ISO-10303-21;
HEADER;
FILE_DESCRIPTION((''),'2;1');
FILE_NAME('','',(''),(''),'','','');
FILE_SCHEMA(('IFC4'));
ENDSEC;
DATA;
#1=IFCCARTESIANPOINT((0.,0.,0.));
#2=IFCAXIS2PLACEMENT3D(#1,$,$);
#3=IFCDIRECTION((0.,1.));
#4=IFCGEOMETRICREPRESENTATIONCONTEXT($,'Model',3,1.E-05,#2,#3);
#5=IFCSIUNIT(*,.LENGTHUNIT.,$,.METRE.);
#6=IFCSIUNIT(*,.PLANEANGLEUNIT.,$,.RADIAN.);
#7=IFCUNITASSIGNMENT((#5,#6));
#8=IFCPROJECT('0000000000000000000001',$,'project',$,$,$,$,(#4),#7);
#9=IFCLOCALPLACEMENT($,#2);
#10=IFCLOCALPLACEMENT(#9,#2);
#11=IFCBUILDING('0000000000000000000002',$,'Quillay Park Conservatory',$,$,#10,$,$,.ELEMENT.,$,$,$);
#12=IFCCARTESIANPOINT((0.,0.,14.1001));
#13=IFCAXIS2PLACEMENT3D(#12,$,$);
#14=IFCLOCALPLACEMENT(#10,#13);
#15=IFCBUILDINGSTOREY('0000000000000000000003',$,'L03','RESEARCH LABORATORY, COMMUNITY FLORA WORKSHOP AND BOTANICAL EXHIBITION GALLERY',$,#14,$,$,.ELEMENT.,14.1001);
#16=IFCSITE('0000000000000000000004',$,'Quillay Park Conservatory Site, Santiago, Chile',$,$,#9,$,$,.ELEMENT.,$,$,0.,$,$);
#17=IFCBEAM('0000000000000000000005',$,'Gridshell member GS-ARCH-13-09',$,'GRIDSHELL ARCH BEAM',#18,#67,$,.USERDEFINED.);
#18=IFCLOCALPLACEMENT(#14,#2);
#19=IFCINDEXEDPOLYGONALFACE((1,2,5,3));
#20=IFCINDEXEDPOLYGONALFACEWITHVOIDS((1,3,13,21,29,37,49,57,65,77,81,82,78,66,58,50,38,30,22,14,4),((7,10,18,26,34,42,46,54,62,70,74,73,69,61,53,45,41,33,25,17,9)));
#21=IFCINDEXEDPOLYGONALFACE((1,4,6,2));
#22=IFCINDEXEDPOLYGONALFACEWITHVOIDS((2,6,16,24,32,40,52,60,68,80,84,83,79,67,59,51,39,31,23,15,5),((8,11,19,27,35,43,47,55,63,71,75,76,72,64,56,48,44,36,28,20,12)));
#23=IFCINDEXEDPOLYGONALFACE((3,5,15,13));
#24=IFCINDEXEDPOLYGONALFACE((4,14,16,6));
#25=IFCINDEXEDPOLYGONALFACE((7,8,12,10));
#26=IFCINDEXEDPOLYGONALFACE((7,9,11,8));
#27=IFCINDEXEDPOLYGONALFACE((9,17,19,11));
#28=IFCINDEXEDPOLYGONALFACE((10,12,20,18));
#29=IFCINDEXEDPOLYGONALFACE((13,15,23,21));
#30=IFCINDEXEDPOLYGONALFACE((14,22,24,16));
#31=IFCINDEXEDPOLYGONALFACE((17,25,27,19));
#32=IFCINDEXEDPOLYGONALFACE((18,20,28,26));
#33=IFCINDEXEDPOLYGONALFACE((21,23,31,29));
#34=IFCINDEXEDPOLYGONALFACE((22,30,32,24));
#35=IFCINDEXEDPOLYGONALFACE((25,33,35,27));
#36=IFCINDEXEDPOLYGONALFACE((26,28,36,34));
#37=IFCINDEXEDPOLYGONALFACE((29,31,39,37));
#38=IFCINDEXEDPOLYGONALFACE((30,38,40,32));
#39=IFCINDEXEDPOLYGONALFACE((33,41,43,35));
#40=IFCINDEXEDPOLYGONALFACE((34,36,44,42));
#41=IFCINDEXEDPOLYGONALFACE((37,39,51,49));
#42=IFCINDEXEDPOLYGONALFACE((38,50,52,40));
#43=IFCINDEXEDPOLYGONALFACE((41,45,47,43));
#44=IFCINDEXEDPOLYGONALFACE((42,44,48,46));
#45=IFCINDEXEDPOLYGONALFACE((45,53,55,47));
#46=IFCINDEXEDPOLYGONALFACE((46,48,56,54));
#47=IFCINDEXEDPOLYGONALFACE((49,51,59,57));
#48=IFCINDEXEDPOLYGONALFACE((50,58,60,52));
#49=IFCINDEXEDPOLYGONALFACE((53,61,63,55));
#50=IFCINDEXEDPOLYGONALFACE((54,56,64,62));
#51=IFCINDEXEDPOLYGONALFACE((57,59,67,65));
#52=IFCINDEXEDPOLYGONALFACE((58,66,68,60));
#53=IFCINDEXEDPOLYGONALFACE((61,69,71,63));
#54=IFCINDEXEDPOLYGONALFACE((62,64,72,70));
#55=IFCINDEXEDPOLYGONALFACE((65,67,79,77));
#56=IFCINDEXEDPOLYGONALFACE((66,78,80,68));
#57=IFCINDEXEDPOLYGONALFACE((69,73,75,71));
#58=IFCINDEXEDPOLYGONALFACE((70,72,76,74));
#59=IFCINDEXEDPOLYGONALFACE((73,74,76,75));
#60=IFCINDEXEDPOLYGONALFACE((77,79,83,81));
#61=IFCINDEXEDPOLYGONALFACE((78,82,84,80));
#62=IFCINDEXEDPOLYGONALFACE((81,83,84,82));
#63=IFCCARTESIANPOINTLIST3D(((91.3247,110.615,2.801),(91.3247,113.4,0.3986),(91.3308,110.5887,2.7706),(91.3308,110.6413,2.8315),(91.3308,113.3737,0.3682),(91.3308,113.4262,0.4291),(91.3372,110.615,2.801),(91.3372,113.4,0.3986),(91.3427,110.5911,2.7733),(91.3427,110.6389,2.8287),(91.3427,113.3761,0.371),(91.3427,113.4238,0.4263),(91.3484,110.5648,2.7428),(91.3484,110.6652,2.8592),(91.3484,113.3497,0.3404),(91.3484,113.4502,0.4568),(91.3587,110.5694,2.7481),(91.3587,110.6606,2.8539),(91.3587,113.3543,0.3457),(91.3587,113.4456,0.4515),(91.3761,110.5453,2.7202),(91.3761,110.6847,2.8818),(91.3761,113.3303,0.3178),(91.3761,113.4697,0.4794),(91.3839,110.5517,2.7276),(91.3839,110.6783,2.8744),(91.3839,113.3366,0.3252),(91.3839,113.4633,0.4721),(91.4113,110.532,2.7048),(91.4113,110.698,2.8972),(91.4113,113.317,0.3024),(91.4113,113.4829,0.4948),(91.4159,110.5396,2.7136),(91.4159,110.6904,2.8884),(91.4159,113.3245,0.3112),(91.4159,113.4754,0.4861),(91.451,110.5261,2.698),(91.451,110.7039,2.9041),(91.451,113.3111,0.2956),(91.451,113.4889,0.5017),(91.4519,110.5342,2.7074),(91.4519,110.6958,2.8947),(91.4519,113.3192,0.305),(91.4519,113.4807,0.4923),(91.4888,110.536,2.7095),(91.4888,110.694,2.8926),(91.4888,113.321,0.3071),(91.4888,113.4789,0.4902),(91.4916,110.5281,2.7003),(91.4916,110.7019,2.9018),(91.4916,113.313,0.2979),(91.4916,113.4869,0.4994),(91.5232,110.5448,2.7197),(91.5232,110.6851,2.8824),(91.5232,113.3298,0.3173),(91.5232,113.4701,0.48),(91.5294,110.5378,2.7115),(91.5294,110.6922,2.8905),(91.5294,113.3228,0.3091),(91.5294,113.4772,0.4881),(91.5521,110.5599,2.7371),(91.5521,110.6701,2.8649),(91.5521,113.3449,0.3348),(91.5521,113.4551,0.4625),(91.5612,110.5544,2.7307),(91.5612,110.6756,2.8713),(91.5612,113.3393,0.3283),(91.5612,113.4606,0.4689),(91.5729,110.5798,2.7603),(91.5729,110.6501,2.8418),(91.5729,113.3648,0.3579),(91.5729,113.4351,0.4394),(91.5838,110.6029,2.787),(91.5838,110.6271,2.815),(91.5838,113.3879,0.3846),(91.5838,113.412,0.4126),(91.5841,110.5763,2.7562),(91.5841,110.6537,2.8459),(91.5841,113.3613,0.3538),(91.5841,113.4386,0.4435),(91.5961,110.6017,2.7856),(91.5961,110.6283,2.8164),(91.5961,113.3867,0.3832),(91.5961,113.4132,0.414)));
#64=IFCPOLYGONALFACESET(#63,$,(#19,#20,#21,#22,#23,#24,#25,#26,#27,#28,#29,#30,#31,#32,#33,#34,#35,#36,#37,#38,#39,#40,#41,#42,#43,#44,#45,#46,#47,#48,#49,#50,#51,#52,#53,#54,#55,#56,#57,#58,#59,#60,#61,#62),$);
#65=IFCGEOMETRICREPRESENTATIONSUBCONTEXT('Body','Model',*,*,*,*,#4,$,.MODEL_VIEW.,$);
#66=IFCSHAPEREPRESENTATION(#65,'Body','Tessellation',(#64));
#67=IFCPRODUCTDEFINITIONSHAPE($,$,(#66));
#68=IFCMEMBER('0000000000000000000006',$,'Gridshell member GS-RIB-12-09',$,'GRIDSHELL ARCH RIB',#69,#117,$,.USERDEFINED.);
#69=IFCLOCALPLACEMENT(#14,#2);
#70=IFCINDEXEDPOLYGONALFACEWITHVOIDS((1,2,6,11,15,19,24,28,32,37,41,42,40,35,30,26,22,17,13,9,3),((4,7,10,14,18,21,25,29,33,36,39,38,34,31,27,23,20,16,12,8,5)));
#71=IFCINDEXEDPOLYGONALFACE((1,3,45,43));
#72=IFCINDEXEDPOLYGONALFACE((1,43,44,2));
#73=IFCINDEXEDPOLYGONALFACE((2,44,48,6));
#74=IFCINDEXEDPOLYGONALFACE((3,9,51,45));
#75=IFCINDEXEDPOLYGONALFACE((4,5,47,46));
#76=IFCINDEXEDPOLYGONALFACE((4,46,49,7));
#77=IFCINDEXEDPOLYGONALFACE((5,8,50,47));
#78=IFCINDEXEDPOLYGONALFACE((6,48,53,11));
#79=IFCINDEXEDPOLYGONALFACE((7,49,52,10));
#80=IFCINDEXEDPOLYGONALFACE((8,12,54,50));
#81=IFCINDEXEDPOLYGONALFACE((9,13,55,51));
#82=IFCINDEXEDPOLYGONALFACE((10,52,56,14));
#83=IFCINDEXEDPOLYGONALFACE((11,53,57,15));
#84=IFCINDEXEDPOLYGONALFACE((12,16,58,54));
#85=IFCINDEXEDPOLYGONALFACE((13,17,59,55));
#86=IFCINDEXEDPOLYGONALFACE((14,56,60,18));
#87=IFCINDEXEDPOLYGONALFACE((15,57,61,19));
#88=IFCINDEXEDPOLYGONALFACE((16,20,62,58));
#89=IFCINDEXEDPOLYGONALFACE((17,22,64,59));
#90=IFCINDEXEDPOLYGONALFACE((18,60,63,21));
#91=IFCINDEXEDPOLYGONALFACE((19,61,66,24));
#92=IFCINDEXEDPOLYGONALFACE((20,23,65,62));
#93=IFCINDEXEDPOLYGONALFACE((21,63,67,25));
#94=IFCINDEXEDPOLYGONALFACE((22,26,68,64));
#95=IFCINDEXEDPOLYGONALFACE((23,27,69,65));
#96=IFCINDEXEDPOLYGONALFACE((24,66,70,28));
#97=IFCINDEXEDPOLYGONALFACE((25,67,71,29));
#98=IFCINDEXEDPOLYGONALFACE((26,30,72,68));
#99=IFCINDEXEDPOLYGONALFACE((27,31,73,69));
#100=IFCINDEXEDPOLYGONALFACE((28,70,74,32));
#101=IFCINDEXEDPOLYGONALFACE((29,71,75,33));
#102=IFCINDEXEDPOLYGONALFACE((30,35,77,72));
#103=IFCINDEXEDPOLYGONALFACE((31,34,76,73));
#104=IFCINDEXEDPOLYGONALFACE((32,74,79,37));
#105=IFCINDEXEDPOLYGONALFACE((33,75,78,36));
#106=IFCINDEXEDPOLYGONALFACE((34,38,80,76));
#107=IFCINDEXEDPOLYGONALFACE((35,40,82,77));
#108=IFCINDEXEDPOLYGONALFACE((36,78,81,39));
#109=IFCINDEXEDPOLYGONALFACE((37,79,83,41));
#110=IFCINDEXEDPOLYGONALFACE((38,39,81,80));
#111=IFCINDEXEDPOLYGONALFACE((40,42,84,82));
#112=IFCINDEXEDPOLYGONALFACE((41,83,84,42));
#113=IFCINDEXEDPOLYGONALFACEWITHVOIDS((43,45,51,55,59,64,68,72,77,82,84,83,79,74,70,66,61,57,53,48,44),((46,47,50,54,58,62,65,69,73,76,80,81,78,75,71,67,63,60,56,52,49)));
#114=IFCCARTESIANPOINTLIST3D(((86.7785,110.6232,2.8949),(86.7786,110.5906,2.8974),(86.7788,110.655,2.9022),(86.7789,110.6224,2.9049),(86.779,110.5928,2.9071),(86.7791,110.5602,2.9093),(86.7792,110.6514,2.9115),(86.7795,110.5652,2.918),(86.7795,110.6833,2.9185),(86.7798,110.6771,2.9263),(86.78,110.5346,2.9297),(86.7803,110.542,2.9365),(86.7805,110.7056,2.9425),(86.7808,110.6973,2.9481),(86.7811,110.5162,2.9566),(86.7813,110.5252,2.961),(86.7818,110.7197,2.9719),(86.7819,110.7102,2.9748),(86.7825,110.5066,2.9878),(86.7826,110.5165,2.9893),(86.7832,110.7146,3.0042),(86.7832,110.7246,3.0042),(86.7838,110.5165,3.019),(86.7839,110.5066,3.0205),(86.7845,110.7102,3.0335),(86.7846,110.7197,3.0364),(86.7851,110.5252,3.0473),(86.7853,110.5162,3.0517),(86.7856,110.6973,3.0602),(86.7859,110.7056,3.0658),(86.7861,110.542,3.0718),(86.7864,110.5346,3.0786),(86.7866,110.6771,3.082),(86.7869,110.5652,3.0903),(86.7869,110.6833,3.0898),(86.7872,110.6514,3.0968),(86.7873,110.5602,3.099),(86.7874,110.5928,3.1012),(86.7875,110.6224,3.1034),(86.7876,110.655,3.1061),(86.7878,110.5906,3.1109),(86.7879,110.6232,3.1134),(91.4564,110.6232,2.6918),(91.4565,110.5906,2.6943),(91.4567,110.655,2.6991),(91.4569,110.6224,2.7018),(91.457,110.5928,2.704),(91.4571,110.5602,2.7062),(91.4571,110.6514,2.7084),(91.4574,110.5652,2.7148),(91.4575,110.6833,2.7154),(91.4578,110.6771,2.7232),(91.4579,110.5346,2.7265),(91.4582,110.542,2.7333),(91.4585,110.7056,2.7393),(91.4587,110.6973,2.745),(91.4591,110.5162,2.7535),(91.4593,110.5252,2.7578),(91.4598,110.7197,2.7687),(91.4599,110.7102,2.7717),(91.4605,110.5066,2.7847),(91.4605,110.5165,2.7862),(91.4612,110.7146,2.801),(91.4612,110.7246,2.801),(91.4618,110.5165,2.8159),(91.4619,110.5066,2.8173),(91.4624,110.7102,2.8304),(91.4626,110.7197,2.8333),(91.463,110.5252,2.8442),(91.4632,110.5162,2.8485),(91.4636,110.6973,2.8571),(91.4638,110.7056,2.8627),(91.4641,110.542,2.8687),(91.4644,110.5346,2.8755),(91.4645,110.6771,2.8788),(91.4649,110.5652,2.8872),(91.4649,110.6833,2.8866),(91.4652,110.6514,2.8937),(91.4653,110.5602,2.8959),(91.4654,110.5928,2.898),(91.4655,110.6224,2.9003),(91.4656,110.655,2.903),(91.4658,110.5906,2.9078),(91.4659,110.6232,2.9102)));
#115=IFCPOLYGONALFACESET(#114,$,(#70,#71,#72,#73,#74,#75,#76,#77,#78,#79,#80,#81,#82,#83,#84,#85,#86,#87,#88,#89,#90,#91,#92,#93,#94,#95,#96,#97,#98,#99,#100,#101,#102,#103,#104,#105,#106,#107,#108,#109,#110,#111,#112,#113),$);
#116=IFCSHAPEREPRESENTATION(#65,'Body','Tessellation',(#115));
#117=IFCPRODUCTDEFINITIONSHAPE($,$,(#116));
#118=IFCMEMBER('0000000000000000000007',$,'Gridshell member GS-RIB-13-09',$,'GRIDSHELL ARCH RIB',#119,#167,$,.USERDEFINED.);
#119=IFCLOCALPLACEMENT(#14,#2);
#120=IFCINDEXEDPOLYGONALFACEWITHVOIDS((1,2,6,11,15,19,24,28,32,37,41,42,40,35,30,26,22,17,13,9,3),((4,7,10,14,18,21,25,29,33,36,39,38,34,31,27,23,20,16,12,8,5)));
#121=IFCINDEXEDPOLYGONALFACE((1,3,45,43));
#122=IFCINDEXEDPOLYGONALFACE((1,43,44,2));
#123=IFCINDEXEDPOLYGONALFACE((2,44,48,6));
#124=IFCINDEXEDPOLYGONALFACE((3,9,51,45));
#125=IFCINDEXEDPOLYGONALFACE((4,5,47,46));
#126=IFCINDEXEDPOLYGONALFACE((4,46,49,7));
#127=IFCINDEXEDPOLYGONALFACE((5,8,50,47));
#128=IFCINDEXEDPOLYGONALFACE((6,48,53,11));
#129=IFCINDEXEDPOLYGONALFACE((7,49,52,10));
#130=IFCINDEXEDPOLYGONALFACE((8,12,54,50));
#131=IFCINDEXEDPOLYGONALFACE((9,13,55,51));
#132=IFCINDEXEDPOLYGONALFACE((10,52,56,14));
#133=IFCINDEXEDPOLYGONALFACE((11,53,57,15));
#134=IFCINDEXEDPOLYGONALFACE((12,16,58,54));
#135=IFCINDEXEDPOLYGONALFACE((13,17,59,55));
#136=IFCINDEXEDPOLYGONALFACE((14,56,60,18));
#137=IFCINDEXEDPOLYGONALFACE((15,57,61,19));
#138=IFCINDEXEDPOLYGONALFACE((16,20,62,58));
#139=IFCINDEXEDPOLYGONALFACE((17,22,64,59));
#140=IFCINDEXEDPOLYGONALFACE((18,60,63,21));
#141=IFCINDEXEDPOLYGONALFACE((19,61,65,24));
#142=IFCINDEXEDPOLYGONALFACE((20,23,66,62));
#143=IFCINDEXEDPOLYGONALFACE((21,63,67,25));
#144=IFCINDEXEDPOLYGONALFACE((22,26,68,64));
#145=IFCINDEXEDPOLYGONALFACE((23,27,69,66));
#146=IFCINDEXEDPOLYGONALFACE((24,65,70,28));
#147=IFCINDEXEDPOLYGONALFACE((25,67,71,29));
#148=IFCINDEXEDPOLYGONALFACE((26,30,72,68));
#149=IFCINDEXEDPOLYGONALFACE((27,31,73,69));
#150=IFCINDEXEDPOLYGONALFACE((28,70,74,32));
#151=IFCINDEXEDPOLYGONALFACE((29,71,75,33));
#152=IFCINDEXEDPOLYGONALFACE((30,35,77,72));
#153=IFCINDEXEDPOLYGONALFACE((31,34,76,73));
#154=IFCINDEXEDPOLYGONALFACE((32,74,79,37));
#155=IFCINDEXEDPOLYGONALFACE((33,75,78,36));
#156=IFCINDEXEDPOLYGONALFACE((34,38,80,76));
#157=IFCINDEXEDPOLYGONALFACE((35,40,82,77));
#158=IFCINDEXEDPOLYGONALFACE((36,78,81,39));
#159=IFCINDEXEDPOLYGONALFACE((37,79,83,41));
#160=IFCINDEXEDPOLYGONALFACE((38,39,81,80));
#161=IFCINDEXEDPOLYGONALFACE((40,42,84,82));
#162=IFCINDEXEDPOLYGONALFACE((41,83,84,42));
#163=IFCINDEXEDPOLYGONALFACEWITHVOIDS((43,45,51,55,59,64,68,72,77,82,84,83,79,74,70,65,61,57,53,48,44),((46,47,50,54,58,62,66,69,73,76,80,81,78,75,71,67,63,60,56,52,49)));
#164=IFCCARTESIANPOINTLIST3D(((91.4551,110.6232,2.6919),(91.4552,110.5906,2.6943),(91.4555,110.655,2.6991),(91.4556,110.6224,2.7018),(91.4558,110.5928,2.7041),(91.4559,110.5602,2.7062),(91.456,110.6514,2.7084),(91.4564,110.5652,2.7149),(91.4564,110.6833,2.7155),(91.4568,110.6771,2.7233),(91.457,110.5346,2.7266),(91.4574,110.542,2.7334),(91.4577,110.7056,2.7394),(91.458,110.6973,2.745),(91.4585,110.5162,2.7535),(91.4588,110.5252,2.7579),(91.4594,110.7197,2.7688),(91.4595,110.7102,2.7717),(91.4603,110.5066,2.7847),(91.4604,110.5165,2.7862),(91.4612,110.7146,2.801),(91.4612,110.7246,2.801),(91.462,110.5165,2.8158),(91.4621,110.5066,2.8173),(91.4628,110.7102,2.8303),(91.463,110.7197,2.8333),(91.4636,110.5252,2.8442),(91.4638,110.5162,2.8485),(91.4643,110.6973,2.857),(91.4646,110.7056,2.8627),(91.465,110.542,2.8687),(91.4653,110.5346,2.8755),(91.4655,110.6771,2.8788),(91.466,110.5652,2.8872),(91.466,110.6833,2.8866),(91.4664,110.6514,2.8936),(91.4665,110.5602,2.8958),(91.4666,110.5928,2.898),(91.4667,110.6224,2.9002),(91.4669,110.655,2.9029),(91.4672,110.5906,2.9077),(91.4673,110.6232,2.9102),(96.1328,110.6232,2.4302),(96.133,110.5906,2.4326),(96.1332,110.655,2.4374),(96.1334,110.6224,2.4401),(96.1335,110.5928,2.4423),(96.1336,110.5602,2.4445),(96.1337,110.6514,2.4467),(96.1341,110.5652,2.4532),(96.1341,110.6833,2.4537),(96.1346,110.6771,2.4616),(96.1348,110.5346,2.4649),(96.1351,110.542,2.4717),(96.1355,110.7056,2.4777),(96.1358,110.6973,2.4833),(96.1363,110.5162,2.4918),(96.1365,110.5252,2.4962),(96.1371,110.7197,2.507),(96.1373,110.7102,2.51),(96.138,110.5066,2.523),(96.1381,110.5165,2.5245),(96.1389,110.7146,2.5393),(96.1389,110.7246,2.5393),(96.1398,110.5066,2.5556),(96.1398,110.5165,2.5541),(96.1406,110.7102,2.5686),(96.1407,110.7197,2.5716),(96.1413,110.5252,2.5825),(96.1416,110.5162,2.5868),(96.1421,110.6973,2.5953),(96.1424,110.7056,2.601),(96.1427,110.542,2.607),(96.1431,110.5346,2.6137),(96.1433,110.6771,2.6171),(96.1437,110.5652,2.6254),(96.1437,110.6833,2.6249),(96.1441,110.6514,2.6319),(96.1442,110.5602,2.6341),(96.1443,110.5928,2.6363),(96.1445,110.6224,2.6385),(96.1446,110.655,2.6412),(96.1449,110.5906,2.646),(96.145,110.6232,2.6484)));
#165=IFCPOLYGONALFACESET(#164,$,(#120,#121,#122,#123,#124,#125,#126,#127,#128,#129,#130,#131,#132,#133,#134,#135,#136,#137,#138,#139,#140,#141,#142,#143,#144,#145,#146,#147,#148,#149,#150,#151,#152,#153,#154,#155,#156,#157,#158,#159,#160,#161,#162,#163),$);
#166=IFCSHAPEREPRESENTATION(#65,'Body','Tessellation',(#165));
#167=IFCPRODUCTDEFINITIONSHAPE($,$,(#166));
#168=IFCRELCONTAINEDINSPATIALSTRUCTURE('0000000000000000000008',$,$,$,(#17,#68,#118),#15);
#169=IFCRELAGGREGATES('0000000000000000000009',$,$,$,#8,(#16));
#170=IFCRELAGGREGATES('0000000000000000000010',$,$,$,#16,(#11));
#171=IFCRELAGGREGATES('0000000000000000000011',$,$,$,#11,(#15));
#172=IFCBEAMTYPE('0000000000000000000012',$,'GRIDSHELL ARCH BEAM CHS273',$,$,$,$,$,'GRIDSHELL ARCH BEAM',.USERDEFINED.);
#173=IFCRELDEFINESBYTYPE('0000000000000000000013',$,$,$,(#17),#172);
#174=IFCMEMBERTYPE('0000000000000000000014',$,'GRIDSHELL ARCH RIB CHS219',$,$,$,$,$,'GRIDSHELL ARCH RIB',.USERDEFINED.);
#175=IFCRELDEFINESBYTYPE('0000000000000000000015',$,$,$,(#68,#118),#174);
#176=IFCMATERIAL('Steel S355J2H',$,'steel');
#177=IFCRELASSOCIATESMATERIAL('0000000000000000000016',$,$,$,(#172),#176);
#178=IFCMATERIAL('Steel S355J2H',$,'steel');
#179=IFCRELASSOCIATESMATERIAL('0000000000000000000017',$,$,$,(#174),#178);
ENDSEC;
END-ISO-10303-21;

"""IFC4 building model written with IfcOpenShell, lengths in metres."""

from ifc_helpers import new_model, si_unit, direction, frame, origin, origin_2d, place, context, subcontext, project, spatial, hollow_circle, extrude, material, material_profile, profile_set, type_object, element, save


model = new_model("IFC4")

# Units and contexts
model_context = context("Model", 3, precision=1e-05, world=origin(), true_north=direction((0.0, 1.0)))
body_context = subcontext(model_context, "Body", "Model", "MODEL_VIEW")
ifc_project = project(units=[si_unit("LENGTHUNIT", "METRE"), si_unit("PLANEANGLEUNIT", "RADIAN")], contexts=[model_context])

# Site, building, storey
site_placement = place(None, origin())
site = spatial("IfcSite", under=ifc_project, at=site_placement, Name="Quillay Park Conservatory Site, Santiago, Chile", CompositionType="ELEMENT", RefElevation=0.0)
building_placement = place(site_placement, origin())
building = spatial("IfcBuilding", under=site, at=building_placement, Name="Quillay Park Conservatory", CompositionType="ELEMENT")
storey_placement = place(building_placement, frame((0.0, 0.0, 14.1001)))
storey = spatial("IfcBuildingStorey", under=building, at=storey_placement, Name="L03", Description="RESEARCH LABORATORY, COMMUNITY FLORA WORKSHOP AND BOTANICAL EXHIBITION GALLERY", CompositionType="ELEMENT", Elevation=14.1001)

# Beam
ifc_material_1 = material(Name="Steel S355J2H", Category="steel")
ifc_material_profile_1 = material_profile(ifc_material_1, hollow_circle(Radius=0.1365, WallThickness=0.0125, at=origin_2d()), Name="CHS273x12.5")
ifc_profile_set_1 = profile_set([ifc_material_profile_1], Name="Steel S355J2H")
beam_type = type_object("IfcBeamType", Name="GRIDSHELL ARCH BEAM CHS273", ElementType="GRIDSHELL ARCH BEAM", PredefinedType="USERDEFINED", material=ifc_profile_set_1)
beam_1_placement = place(storey_placement, frame((91.4612, 110.615, 2.801), z_axis=(0.0, 0.757201, -0.653183), x_axis=(-1.0, 0.0, 0.0)))
element("IfcBeam", 1, at=beam_1_placement, inside=storey, type_object=beam_type, Name="Gridshell member GS-ARCH-13-09", ObjectType="GRIDSHELL ARCH BEAM", PredefinedType="USERDEFINED", context=body_context, shape_type="SweptSolid", body=[
    extrude(hollow_circle(Radius=0.1365, WallThickness=0.0125, at=origin_2d()), origin(), (0.0, 0.0, 1.0), 3.678),
])

# Members
ifc_material_2 = material(Name="Steel S355J2H", Category="steel")
ifc_material_profile_2 = material_profile(ifc_material_2, hollow_circle(Radius=0.1096, WallThickness=0.01, at=origin_2d()), Name="CHS219.1x10")
ifc_profile_set_2 = profile_set([ifc_material_profile_2], Name="Steel S355J2H")
member_type = type_object("IfcMemberType", Name="GRIDSHELL ARCH RIB CHS219", ElementType="GRIDSHELL ARCH RIB", PredefinedType="USERDEFINED", material=ifc_profile_set_2)
member_1_placement = place(storey_placement, frame((86.7832, 110.615, 3.0042), z_axis=(0.999059, 0.0, -0.043381), x_axis=(0.0, 1.0, 0.0)))
element("IfcMember", 2, at=member_1_placement, inside=storey, type_object=member_type, Name="Gridshell member GS-RIB-12-09", ObjectType="GRIDSHELL ARCH RIB", PredefinedType="USERDEFINED", context=body_context, shape_type="SweptSolid", body=[
    extrude(hollow_circle(Radius=0.1096, WallThickness=0.01, at=origin_2d()), origin(), (0.0, 0.0, 1.0), 4.6824),
])
member_2_placement = place(storey_placement, frame((91.4612, 110.615, 2.801), z_axis=(0.998438, 0.0, -0.055863), x_axis=(0.0, 1.0, 0.0)))
element("IfcMember", 3, at=member_2_placement, inside=storey, type_object=member_type, Name="Gridshell member GS-RIB-13-09", ObjectType="GRIDSHELL ARCH RIB", PredefinedType="USERDEFINED", context=body_context, shape_type="SweptSolid", body=[
    extrude(hollow_circle(Radius=0.1096, WallThickness=0.01, at=origin_2d()), origin(), (0.0, 0.0, 1.0), 4.6851),
])

save(model, "model.ifc")
